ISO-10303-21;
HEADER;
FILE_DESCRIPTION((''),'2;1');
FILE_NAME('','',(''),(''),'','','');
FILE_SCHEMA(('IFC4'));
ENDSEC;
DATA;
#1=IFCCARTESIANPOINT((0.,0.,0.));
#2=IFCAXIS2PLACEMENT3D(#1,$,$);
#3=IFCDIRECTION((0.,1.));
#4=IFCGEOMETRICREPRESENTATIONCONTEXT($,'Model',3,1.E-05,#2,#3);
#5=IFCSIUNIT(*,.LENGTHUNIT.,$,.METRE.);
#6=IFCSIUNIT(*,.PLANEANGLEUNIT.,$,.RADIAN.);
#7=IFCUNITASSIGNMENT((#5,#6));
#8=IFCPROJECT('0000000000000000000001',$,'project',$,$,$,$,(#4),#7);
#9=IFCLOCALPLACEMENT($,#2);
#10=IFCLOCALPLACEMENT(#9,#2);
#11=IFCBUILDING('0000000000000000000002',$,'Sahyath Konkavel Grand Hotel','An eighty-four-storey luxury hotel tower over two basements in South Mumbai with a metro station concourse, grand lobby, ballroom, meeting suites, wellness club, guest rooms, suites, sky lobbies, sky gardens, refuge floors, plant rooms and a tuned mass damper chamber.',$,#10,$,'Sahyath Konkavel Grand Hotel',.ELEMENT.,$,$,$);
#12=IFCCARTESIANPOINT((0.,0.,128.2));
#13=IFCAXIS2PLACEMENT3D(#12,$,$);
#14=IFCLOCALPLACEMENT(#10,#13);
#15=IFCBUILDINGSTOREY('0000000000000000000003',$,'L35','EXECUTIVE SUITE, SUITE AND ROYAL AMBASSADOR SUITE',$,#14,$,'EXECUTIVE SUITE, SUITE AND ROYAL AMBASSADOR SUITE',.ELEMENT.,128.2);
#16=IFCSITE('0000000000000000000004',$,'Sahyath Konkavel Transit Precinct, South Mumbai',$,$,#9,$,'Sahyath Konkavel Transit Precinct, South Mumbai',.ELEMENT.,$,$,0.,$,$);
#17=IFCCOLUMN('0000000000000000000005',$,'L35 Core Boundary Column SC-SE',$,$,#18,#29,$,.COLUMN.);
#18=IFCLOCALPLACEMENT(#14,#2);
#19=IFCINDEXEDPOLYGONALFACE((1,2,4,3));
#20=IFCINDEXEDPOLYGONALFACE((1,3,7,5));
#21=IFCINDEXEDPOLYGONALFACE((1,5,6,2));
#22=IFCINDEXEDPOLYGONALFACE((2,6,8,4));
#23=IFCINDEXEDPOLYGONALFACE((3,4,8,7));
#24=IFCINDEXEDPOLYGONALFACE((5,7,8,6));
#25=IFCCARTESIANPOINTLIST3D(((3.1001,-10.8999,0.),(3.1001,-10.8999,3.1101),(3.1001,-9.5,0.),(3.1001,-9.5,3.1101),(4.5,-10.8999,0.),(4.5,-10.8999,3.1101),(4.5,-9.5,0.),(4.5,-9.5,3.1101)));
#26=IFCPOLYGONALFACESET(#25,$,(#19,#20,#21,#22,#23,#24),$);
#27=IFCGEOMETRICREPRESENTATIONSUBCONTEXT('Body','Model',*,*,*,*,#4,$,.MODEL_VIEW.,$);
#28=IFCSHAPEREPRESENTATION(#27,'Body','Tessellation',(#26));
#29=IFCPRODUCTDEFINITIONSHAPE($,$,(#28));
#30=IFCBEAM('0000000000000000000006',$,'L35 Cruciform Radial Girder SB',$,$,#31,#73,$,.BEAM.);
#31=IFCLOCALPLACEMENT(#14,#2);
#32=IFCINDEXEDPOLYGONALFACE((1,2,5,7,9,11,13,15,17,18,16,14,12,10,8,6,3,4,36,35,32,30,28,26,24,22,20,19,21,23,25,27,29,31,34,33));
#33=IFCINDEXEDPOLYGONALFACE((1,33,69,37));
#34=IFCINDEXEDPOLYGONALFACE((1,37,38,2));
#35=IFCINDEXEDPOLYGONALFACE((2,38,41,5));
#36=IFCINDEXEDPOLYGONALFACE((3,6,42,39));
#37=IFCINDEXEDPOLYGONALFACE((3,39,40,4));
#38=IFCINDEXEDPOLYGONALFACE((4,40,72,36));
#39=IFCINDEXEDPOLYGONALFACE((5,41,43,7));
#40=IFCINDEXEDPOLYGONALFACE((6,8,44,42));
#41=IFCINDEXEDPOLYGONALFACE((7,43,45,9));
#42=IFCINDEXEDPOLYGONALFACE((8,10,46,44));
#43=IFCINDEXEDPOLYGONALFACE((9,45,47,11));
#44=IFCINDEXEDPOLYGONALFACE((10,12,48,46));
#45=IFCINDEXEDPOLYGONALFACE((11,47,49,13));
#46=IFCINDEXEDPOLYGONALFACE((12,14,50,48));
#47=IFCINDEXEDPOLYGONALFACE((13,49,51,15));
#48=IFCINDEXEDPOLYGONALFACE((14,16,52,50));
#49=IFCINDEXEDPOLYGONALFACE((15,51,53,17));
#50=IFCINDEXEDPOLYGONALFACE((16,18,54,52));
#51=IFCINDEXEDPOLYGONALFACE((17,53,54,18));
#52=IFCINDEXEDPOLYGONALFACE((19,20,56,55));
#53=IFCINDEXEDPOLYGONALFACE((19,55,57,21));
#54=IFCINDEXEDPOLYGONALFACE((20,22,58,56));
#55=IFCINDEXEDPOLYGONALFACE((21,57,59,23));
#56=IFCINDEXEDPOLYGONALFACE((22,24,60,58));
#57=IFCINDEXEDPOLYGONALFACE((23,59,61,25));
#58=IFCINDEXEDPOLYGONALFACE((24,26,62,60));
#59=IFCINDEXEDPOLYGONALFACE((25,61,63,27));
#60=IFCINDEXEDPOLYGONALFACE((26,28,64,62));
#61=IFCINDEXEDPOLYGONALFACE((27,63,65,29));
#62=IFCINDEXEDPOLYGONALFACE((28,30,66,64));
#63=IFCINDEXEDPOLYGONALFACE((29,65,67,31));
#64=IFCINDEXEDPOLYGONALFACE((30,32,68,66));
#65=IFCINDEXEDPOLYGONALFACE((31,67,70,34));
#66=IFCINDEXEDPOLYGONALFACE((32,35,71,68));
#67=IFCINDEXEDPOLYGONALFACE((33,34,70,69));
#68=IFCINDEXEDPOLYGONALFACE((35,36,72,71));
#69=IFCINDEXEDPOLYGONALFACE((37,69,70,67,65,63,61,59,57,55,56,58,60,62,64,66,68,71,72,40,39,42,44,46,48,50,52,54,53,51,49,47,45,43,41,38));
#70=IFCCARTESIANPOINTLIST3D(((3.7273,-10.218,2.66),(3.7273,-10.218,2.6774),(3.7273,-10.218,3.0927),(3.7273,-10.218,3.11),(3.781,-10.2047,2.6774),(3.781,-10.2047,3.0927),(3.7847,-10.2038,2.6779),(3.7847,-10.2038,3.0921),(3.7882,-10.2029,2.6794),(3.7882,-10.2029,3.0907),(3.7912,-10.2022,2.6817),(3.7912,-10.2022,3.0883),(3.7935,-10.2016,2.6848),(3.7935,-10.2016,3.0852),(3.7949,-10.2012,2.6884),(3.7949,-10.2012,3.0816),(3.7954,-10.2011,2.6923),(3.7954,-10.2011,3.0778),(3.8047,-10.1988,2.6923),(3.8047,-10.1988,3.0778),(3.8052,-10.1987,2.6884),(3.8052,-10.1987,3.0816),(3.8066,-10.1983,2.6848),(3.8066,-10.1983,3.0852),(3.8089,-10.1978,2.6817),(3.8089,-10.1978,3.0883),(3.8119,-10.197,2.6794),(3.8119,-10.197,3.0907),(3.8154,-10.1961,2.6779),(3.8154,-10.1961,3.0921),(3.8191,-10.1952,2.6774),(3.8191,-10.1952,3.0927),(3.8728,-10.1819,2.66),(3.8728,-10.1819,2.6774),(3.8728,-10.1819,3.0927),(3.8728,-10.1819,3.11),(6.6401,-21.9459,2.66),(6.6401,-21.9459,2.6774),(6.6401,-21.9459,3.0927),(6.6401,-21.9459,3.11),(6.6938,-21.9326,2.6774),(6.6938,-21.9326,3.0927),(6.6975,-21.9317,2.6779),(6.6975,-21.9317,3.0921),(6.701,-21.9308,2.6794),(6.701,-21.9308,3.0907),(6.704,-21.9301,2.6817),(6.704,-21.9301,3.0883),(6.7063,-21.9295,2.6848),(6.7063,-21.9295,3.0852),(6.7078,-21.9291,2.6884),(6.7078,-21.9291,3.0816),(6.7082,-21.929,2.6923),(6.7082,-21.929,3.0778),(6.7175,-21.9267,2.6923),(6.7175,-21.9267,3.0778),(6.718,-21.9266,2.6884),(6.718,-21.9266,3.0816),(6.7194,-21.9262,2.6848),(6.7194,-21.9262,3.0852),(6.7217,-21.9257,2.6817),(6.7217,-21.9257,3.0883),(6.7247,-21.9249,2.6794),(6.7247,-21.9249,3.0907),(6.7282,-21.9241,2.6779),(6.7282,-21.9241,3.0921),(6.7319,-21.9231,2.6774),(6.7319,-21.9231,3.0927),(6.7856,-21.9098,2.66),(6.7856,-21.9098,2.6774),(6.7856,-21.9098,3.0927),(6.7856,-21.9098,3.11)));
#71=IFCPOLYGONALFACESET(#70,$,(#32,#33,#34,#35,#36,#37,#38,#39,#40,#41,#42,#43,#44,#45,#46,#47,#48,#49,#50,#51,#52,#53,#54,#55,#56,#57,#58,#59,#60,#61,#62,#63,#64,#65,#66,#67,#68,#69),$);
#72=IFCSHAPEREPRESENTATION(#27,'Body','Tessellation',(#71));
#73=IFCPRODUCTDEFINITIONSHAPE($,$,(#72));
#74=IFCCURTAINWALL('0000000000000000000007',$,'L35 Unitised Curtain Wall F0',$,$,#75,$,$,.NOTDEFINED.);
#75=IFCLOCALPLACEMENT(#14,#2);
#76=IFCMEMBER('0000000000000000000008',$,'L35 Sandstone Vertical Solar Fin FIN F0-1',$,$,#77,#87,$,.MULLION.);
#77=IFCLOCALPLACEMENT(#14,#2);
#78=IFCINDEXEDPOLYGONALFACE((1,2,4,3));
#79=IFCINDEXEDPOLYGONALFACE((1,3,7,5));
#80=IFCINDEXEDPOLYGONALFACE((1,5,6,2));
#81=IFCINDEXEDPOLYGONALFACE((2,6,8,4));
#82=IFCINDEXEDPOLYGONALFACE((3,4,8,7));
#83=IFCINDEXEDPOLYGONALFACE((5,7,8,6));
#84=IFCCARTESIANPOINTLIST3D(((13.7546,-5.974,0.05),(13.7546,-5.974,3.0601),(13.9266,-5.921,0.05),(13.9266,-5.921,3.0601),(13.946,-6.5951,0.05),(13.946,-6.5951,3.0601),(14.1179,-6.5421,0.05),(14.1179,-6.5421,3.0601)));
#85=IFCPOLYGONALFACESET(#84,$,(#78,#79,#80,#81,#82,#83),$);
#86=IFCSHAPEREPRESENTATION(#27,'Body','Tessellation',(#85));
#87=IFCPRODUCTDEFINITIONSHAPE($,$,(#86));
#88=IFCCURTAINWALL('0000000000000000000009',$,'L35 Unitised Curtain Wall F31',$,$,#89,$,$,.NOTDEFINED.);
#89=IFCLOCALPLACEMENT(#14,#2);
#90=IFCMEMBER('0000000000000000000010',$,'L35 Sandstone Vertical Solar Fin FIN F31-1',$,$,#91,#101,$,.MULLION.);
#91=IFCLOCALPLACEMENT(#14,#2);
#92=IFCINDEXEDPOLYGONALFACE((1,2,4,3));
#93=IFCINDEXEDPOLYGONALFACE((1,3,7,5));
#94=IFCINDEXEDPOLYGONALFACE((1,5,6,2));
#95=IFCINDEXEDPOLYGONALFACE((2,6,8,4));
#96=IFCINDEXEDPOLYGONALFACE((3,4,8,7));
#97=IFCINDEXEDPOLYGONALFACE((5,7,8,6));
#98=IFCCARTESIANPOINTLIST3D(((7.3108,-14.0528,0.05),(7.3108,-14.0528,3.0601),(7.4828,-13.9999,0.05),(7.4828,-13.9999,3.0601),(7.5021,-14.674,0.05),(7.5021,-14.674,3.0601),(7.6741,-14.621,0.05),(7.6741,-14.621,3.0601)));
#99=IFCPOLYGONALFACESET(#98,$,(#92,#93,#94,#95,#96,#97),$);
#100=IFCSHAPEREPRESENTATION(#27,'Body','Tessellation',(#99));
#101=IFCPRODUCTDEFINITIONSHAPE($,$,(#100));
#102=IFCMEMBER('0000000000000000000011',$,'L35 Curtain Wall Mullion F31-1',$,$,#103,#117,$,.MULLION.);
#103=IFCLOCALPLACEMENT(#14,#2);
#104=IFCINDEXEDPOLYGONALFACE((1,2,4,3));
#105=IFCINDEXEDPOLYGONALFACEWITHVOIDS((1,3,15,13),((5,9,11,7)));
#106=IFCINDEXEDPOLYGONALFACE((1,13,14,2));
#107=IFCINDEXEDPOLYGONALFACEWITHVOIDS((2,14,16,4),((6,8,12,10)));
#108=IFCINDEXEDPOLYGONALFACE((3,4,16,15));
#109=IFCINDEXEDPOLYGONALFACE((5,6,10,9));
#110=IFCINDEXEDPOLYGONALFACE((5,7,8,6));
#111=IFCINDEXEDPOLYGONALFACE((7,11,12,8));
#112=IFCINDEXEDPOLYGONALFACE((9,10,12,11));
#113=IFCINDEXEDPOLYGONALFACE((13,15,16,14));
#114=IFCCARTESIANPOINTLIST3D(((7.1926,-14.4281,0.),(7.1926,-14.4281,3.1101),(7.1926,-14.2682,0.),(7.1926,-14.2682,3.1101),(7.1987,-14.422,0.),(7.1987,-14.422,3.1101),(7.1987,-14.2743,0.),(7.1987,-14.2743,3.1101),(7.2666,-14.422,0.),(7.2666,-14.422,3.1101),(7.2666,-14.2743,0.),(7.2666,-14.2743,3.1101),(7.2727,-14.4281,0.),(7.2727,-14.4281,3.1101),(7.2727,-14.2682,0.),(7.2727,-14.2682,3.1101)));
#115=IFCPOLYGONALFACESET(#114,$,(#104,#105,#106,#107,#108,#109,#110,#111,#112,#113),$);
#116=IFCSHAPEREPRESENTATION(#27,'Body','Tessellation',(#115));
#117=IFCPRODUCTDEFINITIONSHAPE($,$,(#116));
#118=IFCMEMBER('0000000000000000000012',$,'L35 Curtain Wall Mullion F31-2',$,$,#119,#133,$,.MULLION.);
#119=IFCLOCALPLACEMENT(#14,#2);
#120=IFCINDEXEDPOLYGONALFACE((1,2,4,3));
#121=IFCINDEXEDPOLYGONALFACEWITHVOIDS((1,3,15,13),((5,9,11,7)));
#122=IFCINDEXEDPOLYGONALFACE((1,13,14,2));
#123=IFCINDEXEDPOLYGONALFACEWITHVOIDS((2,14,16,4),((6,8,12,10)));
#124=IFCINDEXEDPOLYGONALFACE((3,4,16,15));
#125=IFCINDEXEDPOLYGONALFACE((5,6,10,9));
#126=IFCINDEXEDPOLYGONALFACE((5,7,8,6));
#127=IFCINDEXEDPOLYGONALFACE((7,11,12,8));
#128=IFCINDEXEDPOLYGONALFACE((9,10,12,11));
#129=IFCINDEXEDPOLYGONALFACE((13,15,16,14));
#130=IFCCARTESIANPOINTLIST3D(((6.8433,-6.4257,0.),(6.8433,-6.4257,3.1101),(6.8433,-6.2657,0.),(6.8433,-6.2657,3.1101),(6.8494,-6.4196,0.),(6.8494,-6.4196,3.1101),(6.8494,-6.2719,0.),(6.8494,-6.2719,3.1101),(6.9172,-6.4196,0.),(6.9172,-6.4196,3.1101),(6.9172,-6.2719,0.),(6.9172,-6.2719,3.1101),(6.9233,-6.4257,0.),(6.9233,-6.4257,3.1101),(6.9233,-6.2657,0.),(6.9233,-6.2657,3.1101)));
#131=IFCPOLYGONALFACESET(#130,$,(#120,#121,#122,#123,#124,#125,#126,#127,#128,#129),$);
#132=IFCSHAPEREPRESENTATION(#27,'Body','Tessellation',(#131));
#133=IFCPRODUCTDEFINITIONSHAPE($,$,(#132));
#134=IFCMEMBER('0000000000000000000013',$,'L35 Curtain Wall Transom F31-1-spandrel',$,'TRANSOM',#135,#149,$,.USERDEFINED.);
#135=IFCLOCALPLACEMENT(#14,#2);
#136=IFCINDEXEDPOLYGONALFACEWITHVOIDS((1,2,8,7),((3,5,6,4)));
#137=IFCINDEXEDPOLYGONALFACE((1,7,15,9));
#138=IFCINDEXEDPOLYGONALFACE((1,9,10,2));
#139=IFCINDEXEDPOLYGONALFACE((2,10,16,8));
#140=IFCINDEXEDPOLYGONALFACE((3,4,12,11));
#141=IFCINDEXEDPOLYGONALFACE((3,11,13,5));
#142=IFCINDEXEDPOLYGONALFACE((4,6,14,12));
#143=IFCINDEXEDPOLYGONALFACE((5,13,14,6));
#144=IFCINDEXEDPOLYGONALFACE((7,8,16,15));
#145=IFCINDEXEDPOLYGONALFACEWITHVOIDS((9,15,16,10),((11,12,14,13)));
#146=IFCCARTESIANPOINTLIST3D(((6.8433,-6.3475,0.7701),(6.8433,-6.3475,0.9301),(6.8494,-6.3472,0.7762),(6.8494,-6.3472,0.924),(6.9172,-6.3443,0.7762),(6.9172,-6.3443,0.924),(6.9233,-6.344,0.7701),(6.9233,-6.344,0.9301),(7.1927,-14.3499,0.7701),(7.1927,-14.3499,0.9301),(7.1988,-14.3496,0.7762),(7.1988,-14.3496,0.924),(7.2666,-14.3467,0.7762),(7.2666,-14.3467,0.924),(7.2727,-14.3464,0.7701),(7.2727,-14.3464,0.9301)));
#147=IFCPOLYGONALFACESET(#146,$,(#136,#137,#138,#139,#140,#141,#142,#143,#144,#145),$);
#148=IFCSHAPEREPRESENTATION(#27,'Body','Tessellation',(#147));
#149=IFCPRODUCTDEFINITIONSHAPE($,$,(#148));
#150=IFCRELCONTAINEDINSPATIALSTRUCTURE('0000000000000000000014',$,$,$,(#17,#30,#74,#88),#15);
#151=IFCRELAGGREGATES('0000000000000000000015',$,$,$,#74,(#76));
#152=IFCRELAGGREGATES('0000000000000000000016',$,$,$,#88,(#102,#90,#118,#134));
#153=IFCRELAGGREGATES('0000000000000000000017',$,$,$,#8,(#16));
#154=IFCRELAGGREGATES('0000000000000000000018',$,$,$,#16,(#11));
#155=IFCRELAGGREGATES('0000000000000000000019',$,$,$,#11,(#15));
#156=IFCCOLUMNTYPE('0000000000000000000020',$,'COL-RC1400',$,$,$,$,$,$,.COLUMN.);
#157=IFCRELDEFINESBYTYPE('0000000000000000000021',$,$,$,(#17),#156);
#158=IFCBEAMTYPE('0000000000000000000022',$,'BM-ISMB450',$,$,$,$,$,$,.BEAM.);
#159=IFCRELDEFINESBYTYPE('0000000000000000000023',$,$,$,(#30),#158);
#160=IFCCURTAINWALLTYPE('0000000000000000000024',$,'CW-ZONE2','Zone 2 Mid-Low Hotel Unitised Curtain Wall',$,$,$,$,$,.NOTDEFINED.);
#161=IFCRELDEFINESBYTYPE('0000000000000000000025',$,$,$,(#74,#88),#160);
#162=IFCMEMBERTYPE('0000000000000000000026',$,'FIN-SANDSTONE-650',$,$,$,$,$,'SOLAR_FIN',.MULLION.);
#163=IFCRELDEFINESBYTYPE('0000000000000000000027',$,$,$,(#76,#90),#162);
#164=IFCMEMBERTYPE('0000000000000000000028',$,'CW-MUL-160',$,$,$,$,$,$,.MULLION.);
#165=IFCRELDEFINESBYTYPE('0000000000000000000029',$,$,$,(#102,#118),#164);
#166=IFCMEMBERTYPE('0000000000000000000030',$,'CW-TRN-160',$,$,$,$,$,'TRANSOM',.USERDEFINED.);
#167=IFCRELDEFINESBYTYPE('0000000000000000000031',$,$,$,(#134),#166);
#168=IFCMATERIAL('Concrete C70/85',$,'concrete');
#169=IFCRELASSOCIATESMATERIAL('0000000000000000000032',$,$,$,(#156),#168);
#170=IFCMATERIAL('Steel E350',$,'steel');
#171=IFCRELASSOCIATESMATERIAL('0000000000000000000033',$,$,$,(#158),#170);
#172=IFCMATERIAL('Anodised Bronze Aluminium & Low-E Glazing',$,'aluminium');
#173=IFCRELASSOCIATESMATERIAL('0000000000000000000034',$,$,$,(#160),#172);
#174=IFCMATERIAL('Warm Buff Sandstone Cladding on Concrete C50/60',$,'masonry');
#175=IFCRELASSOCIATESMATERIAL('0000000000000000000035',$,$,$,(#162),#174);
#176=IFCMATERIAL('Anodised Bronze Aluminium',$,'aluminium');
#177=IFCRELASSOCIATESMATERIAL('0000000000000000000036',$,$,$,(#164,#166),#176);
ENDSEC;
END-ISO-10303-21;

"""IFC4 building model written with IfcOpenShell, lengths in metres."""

from ifc_helpers import new_model, si_unit, direction, frame, origin, origin_2d, place, context, subcontext, project, spatial, rectangle, hollow_rectangle, i_section, extrude, source, transform, mapped, material, material_profile, profile_set, type_object, element, aggregate, save


model = new_model("IFC4")

# Units and contexts
model_context = context("Model", 3, precision=1e-05, world=origin(), true_north=direction((0.0, 1.0)))
body_context = subcontext(model_context, "Body", "Model", "MODEL_VIEW")
ifc_project = project(units=[si_unit("LENGTHUNIT", "METRE"), si_unit("PLANEANGLEUNIT", "RADIAN")], contexts=[model_context])

# Site, building, storey
site_placement = place(None, origin())
site = spatial("IfcSite", under=ifc_project, at=site_placement, Name="Sahyath Konkavel Transit Precinct, South Mumbai", LongName="Sahyath Konkavel Transit Precinct, South Mumbai", CompositionType="ELEMENT", RefElevation=0.0)
building_placement = place(site_placement, origin())
building = spatial("IfcBuilding", under=site, at=building_placement, Name="Sahyath Konkavel Grand Hotel", Description="An eighty-four-storey luxury hotel tower over two basements in South Mumbai with a metro station concourse, grand lobby, ballroom, meeting suites, wellness club, guest rooms, suites, sky lobbies, sky gardens, refuge floors, plant rooms and a tuned mass damper chamber.", LongName="Sahyath Konkavel Grand Hotel", CompositionType="ELEMENT")
storey_placement = place(building_placement, frame((0.0, 0.0, 128.2)))
storey = spatial("IfcBuildingStorey", under=building, at=storey_placement, Name="L35", Description="EXECUTIVE SUITE, SUITE AND ROYAL AMBASSADOR SUITE", LongName="EXECUTIVE SUITE, SUITE AND ROYAL AMBASSADOR SUITE", CompositionType="ELEMENT", Elevation=128.2)

# Column
ifc_material_1 = material(Name="Concrete C70/85", Category="concrete")
ifc_material_profile_1 = material_profile(ifc_material_1, rectangle(XDim=1.3999, YDim=1.3999, at=origin_2d()), Name="RC 1400x1400")
ifc_profile_set_1 = profile_set([ifc_material_profile_1], Name="Concrete C70/85")
column_type = type_object("IfcColumnType", Name="COL-RC1400", PredefinedType="COLUMN", material=ifc_profile_set_1)
shared_shape_1 = source(origin(), body_context, "Body", "SweptSolid", [
    extrude(rectangle(XDim=1.3999, YDim=1.3999, at=origin_2d()), origin(), (0.0, 0.0, 1.0), 3.1101),
])
column_placement = place(storey_placement, frame((3.8, -10.2, 0.0), z_axis=(0.0, 0.0, 1.0), x_axis=(1.0, 0.0, 0.0)))
element("IfcColumn", 1, at=column_placement, inside=storey, type_object=column_type, Name="L35 Core Boundary Column SC-SE", PredefinedType="COLUMN", context=body_context, shape_type="MappedRepresentation", body=[
    mapped(shared_shape_1, transform((0.0, 0.0, 0.0), scale=1.0)),
])

# Beam
ifc_material_2 = material(Name="Steel E350", Category="steel")
ifc_material_profile_2 = material_profile(ifc_material_2, i_section(OverallWidth=0.1499, OverallDepth=0.45, WebThickness=0.0095, FlangeThickness=0.0173, FilletRadius=0.0149, at=origin_2d()), Name="ISMB 450")
ifc_profile_set_2 = profile_set([ifc_material_profile_2], Name="Steel E350")
beam_type_1 = type_object("IfcBeamType", Name="BM-ISMB450", PredefinedType="BEAM", material=ifc_profile_set_2)
shared_shape_2 = source(origin(), body_context, "Body", "SweptSolid", [
    extrude(i_section(OverallWidth=0.1499, OverallDepth=0.45, WebThickness=0.0095, FlangeThickness=0.0173, FilletRadius=0.0149, at=origin_2d()), origin(), (0.0, 0.0, 1.0), 12.0842),
])
beam_1_placement = place(storey_placement, frame((3.8, -10.2, 2.885), z_axis=(0.241043, -0.970515, 0.0), x_axis=(0.970515, 0.241043, 0.0)))
element("IfcBeam", 2, at=beam_1_placement, inside=storey, type_object=beam_type_1, Name="L35 Cruciform Radial Girder SB", PredefinedType="BEAM", context=body_context, shape_type="MappedRepresentation", body=[
    mapped(shared_shape_2, transform((0.0, 0.0, 0.0), scale=1.0)),
])

# Curtain wall, member
ifc_material_3 = material(Name="Anodised Bronze Aluminium & Low-E Glazing", Category="aluminium")
curtain_wall_type = type_object("IfcCurtainWallType", Name="CW-ZONE2", Description="Zone 2 Mid-Low Hotel Unitised Curtain Wall", PredefinedType="NOTDEFINED", material=ifc_material_3)
curtain_wall_1_placement = place(storey_placement, origin())
curtain_wall_1 = element("IfcCurtainWall", 3, at=curtain_wall_1_placement, inside=storey, type_object=curtain_wall_type, Name="L35 Unitised Curtain Wall F0", PredefinedType="NOTDEFINED")
ifc_material_4 = material(Name="Warm Buff Sandstone Cladding on Concrete C50/60", Category="masonry")
ifc_material_profile_3 = material_profile(ifc_material_4, rectangle(XDim=0.1799, YDim=0.6499, at=origin_2d()), Name="FIN 180x650")
ifc_profile_set_3 = profile_set([ifc_material_profile_3], Name="Warm Buff Sandstone Cladding on Concrete C50/60")
member_type_1 = type_object("IfcMemberType", Name="FIN-SANDSTONE-650", ElementType="SOLAR_FIN", PredefinedType="MULLION", material=ifc_profile_set_3)
shared_shape_3 = source(origin(), body_context, "Body", "SweptSolid", [
    extrude(rectangle(XDim=0.1799, YDim=0.6499, at=origin_2d()), origin(), (0.0, 0.0, 1.0), 3.01),
])
member_1_placement = place(storey_placement, frame((13.9363, -6.2581, 0.05), z_axis=(0.0, 0.0, 1.0), x_axis=(0.95569, 0.294374, 0.0)))
member_1 = element("IfcMember", 4, at=member_1_placement, type_object=member_type_1, Name="L35 Sandstone Vertical Solar Fin FIN F0-1", PredefinedType="MULLION", context=body_context, shape_type="MappedRepresentation", body=[
    mapped(shared_shape_3, transform((0.0, 0.0, 0.0), scale=1.0)),
])
aggregate(curtain_wall_1, [member_1])

# Curtain wall, members
curtain_wall_2_placement = place(storey_placement, origin())
curtain_wall_2 = element("IfcCurtainWall", 5, at=curtain_wall_2_placement, inside=storey, type_object=curtain_wall_type, Name="L35 Unitised Curtain Wall F31", PredefinedType="NOTDEFINED")
member_2_placement = place(storey_placement, frame((7.4924, -14.3369, 0.05), z_axis=(0.0, 0.0, 1.0), x_axis=(0.95569, 0.294374, 0.0)))
member_2 = element("IfcMember", 6, at=member_2_placement, type_object=member_type_1, Name="L35 Sandstone Vertical Solar Fin FIN F31-1", PredefinedType="MULLION", context=body_context, shape_type="MappedRepresentation", body=[
    mapped(shared_shape_3, transform((0.0, 0.0, 0.0), scale=1.0)),
])
ifc_material_5 = material(Name="Anodised Bronze Aluminium", Category="aluminium")
ifc_material_profile_4 = material_profile(ifc_material_5, hollow_rectangle(XDim=0.0801, YDim=0.1599, WallThickness=0.0061, at=origin_2d()), Name="RHS 160x80x6")
ifc_profile_set_4 = profile_set([ifc_material_profile_4], Name="Anodised Bronze Aluminium")
member_type_2 = type_object("IfcMemberType", Name="CW-MUL-160", PredefinedType="MULLION", material=ifc_profile_set_4)
shared_shape_4 = source(origin(), body_context, "Body", "SweptSolid", [
    extrude(hollow_rectangle(XDim=0.0801, YDim=0.1599, WallThickness=0.0061, at=origin_2d()), origin(), (0.0, 0.0, 1.0), 3.1101),
])
member_3_placement = place(storey_placement, frame((7.2327, -14.3481, 0.0), z_axis=(0.0, 0.0, 1.0), x_axis=(1.0, 0.0, 0.0)))
member_3 = element("IfcMember", 7, at=member_3_placement, type_object=member_type_2, Name="L35 Curtain Wall Mullion F31-1", PredefinedType="MULLION", context=body_context, shape_type="MappedRepresentation", body=[
    mapped(shared_shape_4, transform((0.0, 0.0, 0.0), scale=1.0)),
])
member_4_placement = place(storey_placement, frame((6.8833, -6.3457, 0.0), z_axis=(0.0, 0.0, 1.0), x_axis=(1.0, 0.0, 0.0)))
member_4 = element("IfcMember", 8, at=member_4_placement, type_object=member_type_2, Name="L35 Curtain Wall Mullion F31-2", PredefinedType="MULLION", context=body_context, shape_type="MappedRepresentation", body=[
    mapped(shared_shape_4, transform((0.0, 0.0, 0.0), scale=1.0)),
])
ifc_material_profile_5 = material_profile(ifc_material_5, hollow_rectangle(XDim=0.0801, YDim=0.1599, WallThickness=0.0061, at=origin_2d()), Name="RHS 160x80x6")
ifc_profile_set_5 = profile_set([ifc_material_profile_5], Name="Anodised Bronze Aluminium")
member_type_3 = type_object("IfcMemberType", Name="CW-TRN-160", ElementType="TRANSOM", PredefinedType="USERDEFINED", material=ifc_profile_set_5)
shared_shape_5 = source(origin(), body_context, "Body", "SweptSolid", [
    extrude(hollow_rectangle(XDim=0.0801, YDim=0.1599, WallThickness=0.0061, at=origin_2d()), origin(), (0.0, 0.0, 1.0), 8.01),
])
member_5_placement = place(storey_placement, frame((7.2327, -14.3481, 0.8501), z_axis=(-0.043616, 0.999048, 0.0), x_axis=(-0.999048, -0.043616, 0.0)))
member_5 = element("IfcMember", 9, at=member_5_placement, type_object=member_type_3, Name="L35 Curtain Wall Transom F31-1-spandrel", ObjectType="TRANSOM", PredefinedType="USERDEFINED", context=body_context, shape_type="MappedRepresentation", body=[
    mapped(shared_shape_5, transform((0.0, 0.0, 0.0), scale=1.0)),
])

aggregate(curtain_wall_2, [member_3, member_2, member_4, member_5])

save(model, "model.ifc")
